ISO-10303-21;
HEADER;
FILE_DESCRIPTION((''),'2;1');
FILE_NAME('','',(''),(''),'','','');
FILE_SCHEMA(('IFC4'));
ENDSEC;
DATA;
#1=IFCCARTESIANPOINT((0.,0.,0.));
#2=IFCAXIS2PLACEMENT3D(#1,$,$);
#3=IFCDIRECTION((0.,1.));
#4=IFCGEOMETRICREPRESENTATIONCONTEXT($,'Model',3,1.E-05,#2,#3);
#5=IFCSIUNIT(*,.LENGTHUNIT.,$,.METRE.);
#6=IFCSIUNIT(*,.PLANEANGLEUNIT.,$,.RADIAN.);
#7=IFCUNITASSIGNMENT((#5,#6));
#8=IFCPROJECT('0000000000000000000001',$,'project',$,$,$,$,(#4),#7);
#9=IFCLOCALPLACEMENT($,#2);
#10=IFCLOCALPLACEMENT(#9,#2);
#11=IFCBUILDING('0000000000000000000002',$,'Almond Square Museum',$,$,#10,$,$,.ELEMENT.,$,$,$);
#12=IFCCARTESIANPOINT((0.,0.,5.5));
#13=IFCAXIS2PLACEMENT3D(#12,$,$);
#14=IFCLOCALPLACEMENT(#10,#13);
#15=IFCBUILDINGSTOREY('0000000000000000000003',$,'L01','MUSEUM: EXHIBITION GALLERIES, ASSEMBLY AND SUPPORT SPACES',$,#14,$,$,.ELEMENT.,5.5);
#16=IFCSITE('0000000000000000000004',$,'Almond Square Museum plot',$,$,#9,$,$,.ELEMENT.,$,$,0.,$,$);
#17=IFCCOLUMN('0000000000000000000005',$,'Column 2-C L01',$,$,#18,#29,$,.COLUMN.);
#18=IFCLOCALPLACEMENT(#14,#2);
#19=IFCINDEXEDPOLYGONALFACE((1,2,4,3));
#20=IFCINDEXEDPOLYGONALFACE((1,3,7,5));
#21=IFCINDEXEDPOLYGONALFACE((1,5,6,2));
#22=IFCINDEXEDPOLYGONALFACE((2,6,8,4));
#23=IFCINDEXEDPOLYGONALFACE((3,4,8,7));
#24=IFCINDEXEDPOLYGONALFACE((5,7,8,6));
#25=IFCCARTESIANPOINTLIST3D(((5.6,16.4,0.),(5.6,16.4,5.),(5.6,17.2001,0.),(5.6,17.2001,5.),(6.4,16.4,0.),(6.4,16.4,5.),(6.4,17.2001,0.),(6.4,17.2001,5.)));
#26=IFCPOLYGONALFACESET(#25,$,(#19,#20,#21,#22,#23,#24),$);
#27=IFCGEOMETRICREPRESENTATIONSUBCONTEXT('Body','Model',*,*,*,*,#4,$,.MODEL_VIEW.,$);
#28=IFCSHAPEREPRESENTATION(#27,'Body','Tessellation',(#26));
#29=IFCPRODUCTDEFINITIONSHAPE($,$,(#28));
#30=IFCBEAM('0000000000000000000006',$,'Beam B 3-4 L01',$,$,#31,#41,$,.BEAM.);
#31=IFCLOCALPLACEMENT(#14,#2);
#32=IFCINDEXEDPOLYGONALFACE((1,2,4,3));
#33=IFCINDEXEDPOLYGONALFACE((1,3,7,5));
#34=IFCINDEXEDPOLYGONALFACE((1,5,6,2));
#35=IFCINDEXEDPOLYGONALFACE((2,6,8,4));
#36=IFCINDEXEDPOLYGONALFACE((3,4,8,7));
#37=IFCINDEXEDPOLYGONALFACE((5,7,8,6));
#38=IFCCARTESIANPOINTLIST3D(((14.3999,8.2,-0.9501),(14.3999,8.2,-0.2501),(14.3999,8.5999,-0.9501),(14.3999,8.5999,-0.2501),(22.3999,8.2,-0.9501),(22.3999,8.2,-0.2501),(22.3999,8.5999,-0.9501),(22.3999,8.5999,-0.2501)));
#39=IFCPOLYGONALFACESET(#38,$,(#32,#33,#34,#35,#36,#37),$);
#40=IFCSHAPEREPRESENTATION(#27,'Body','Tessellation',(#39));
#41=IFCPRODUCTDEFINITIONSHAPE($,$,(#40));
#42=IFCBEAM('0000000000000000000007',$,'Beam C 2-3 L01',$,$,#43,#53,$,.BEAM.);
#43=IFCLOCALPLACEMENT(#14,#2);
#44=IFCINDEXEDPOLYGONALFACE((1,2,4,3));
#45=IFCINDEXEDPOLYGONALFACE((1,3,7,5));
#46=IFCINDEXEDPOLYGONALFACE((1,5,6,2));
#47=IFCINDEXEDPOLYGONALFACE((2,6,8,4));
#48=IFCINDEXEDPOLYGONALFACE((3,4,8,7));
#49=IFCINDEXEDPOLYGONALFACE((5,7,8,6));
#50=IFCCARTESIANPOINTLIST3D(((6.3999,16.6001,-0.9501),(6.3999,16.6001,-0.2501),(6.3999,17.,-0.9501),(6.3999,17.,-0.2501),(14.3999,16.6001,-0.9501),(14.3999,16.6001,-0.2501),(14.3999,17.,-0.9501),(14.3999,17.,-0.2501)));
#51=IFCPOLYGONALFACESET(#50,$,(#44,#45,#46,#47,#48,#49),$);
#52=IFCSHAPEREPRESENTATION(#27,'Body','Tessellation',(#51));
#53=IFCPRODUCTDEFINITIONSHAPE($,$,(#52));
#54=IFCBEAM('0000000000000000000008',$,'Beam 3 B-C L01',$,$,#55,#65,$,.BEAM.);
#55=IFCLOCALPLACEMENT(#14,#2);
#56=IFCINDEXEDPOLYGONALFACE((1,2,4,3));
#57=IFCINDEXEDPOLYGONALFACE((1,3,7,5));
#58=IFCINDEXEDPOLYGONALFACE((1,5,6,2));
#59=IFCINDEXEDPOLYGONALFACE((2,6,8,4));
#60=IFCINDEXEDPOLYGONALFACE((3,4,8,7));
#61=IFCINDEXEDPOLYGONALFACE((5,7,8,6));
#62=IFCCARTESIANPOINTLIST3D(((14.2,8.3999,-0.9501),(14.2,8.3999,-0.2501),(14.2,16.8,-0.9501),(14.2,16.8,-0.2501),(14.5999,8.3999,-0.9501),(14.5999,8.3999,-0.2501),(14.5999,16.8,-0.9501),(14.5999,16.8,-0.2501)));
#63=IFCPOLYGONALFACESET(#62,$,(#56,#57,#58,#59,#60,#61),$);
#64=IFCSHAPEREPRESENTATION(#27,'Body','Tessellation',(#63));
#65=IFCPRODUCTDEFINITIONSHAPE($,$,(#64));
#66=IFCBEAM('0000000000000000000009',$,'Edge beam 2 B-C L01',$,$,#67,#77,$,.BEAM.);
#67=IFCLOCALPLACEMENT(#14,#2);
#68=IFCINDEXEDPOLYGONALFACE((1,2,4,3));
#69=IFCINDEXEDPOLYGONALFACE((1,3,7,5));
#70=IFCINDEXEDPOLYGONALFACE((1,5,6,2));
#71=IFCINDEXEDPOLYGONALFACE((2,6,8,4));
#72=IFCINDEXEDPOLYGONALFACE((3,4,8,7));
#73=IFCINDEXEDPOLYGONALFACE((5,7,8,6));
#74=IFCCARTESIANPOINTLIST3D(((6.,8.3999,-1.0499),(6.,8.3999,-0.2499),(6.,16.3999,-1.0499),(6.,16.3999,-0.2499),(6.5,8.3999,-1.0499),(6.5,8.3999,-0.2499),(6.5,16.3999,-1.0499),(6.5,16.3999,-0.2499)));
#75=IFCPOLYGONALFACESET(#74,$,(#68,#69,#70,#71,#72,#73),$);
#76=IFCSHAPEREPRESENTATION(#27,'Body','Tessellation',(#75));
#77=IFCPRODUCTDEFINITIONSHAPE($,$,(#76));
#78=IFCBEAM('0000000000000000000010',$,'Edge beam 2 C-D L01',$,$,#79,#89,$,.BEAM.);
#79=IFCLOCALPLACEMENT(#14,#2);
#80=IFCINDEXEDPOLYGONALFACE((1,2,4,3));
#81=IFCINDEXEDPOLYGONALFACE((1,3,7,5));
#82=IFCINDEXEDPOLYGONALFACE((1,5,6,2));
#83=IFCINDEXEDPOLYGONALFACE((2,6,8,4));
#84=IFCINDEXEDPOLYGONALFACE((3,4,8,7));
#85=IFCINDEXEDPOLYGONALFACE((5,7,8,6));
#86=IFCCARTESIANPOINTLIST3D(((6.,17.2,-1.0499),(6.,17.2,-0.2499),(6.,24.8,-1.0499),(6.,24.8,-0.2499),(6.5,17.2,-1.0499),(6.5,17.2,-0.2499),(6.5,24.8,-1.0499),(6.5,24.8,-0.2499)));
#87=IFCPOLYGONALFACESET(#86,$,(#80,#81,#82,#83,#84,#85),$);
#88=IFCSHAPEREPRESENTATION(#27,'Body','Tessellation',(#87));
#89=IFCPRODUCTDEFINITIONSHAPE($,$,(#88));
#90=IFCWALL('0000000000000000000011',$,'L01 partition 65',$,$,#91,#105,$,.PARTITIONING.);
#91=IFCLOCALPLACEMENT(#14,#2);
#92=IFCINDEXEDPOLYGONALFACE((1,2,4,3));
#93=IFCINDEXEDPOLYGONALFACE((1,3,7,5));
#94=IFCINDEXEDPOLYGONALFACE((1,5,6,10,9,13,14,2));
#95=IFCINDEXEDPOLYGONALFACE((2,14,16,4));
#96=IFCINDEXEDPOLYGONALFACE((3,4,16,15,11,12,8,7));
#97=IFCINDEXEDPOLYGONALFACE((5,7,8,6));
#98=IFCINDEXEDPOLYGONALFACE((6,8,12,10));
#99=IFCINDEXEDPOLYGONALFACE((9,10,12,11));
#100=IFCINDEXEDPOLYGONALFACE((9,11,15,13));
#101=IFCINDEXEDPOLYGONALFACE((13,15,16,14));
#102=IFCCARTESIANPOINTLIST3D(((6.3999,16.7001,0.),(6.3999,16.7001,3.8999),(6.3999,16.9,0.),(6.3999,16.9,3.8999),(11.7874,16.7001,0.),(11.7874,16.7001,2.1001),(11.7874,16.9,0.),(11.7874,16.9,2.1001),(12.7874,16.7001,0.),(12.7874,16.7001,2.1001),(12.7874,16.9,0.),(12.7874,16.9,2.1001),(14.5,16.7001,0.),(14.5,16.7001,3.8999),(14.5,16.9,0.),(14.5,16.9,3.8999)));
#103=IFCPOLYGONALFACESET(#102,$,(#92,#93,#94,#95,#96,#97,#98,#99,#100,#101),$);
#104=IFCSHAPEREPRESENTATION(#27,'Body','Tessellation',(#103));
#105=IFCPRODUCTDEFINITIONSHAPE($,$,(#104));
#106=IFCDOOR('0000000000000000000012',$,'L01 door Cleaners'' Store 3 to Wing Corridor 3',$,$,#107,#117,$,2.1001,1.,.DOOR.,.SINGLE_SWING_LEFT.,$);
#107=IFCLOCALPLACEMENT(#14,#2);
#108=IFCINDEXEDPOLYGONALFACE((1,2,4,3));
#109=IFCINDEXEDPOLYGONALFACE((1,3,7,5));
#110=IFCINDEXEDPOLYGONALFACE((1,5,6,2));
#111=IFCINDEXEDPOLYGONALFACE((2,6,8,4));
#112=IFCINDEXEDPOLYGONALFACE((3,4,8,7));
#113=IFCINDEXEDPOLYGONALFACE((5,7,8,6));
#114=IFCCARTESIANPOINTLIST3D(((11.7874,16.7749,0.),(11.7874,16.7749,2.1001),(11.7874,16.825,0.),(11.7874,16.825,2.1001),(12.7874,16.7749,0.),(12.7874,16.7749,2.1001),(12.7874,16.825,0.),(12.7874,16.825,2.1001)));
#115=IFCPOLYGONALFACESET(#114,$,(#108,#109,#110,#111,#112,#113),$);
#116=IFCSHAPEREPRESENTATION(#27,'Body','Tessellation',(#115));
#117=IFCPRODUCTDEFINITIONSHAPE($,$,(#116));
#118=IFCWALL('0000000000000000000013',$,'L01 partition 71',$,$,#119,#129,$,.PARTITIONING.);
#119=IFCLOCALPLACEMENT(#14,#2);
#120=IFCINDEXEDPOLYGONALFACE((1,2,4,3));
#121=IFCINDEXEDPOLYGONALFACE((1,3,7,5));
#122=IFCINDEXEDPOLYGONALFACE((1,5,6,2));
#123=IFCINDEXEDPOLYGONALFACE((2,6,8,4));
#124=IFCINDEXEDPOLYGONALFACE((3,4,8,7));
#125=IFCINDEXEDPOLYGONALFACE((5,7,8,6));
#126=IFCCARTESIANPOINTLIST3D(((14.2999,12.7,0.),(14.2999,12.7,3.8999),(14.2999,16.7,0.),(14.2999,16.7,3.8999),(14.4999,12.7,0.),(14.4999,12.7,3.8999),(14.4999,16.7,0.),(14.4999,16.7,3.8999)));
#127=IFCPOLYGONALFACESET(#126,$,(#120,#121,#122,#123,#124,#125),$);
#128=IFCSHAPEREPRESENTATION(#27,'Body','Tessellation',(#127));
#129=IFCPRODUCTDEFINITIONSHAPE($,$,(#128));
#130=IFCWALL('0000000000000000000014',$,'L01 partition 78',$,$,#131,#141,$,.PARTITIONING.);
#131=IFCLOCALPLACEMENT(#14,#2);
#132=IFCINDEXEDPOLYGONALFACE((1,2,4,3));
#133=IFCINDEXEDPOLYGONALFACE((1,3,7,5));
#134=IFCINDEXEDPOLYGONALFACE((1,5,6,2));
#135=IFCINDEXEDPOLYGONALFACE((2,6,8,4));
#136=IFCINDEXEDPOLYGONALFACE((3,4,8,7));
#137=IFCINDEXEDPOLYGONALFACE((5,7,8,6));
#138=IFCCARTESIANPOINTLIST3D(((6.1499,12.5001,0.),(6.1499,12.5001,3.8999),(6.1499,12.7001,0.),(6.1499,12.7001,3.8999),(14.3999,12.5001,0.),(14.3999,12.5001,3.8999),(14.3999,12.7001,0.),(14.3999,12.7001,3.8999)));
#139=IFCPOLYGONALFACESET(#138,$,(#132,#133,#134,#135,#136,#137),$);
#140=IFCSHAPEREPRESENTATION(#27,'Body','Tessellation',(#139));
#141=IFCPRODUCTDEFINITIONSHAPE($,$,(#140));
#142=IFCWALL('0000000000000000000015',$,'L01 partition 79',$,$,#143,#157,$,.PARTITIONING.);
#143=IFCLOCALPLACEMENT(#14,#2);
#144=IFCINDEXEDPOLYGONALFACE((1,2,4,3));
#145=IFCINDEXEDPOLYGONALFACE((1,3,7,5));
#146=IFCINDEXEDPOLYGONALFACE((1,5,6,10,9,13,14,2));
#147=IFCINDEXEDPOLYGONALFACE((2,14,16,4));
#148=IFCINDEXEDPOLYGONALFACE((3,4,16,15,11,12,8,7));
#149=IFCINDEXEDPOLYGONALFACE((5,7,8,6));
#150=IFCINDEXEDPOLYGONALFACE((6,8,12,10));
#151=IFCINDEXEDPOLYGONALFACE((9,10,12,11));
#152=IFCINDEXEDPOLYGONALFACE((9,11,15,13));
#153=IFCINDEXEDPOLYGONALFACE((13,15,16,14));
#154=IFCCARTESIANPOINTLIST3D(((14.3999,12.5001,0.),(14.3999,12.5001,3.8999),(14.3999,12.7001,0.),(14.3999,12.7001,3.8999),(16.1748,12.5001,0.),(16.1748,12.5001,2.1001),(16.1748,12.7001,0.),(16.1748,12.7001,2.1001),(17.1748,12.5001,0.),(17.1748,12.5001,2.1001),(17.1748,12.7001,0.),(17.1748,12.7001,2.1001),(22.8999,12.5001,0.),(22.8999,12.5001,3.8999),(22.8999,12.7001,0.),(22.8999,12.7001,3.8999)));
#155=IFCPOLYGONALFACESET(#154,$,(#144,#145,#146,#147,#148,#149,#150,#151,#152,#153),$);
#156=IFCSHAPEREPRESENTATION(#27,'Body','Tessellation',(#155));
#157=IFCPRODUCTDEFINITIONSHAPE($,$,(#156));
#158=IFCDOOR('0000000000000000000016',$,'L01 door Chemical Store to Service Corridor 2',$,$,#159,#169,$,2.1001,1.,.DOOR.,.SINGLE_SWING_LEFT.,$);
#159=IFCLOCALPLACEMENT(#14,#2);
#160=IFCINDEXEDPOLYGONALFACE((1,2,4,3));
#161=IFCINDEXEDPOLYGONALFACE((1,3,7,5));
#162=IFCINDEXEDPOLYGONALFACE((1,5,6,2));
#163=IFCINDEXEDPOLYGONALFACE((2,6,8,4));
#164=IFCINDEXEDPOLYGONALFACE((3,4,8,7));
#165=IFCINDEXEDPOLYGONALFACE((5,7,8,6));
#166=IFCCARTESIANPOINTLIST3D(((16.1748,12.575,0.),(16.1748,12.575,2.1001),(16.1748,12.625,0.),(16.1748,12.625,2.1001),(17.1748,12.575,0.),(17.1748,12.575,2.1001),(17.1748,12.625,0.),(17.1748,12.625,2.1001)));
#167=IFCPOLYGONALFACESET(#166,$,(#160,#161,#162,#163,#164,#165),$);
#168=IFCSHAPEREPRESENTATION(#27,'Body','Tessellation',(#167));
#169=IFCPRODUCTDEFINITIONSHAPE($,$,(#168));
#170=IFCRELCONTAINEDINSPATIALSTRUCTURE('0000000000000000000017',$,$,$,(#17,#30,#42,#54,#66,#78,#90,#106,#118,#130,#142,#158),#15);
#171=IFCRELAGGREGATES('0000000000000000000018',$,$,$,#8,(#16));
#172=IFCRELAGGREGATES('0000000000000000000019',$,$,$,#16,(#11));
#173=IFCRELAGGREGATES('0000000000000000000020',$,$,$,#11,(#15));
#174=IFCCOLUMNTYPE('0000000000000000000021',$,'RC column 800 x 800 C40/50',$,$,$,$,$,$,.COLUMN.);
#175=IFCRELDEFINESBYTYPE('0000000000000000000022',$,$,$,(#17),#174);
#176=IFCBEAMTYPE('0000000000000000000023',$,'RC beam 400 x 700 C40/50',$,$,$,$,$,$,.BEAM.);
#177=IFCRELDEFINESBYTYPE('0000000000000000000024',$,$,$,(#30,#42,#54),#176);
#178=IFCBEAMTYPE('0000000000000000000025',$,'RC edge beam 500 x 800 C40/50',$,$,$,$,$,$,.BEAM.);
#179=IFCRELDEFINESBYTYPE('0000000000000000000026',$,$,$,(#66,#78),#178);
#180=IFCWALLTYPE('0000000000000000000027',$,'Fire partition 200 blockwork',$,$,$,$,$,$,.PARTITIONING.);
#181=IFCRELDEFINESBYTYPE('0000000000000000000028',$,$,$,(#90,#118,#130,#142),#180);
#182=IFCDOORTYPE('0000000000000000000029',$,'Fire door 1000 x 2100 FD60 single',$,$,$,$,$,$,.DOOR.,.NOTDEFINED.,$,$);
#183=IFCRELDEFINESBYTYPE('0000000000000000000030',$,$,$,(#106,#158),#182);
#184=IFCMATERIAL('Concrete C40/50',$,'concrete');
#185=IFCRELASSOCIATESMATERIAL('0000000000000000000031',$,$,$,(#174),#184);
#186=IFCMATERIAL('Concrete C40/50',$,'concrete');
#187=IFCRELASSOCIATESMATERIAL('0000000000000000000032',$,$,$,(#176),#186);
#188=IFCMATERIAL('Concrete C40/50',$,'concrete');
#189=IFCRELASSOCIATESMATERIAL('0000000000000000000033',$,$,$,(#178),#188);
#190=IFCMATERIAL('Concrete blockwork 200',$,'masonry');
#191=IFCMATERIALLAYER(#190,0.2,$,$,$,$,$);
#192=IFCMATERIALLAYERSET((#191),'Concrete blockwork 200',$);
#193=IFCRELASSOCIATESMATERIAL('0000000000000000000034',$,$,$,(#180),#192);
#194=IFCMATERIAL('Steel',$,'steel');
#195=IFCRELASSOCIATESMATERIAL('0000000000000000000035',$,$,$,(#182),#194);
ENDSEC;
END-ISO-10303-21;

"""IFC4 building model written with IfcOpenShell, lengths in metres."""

from ifc_helpers import new_model, si_unit, direction, frame, frame_2d, origin, origin_2d, place, context, subcontext, project, spatial, rectangle, extrude, material, layer, layer_set, material_profile, profile_set, type_object, element, fill, save


model = new_model("IFC4")

# Units and contexts
model_context = context("Model", 3, precision=1e-05, world=origin(), true_north=direction((0.0, 1.0)))
body_context = subcontext(model_context, "Body", "Model", "MODEL_VIEW")
ifc_project = project(units=[si_unit("LENGTHUNIT", "METRE"), si_unit("PLANEANGLEUNIT", "RADIAN")], contexts=[model_context])

# Site, building, storey
site_placement = place(None, origin())
site = spatial("IfcSite", under=ifc_project, at=site_placement, Name="Almond Square Museum plot", CompositionType="ELEMENT", RefElevation=0.0)
building_placement = place(site_placement, origin())
building = spatial("IfcBuilding", under=site, at=building_placement, Name="Almond Square Museum", CompositionType="ELEMENT")
storey_placement = place(building_placement, frame((0.0, 0.0, 5.5)))
storey = spatial("IfcBuildingStorey", under=building, at=storey_placement, Name="L01", Description="MUSEUM: EXHIBITION GALLERIES, ASSEMBLY AND SUPPORT SPACES", CompositionType="ELEMENT", Elevation=5.5)

# Column
ifc_material_1 = material(Name="Concrete C40/50", Category="concrete")
ifc_material_profile_1 = material_profile(ifc_material_1, rectangle(XDim=0.8, YDim=0.8, at=origin_2d()))
ifc_profile_set_1 = profile_set([ifc_material_profile_1], Name="Concrete C40/50")
column_type = type_object("IfcColumnType", Name="RC column 800 x 800 C40/50", PredefinedType="COLUMN", material=ifc_profile_set_1)
column_placement = place(storey_placement, frame((6.0, 16.8, 0.0), z_axis=(0.0, 0.0, 1.0), x_axis=(1.0, 0.0, 0.0)))
element("IfcColumn", 1, at=column_placement, inside=storey, type_object=column_type, Name="Column 2-C L01", PredefinedType="COLUMN", context=body_context, shape_type="SweptSolid", body=[
    extrude(rectangle(XDim=0.8, YDim=0.8, at=origin_2d()), origin(), (0.0, 0.0, 1.0), 5.0),
])

# Beams
ifc_material_2 = material(Name="Concrete C40/50", Category="concrete")
ifc_material_profile_2 = material_profile(ifc_material_2, rectangle(XDim=0.3999, YDim=0.7, at=origin_2d()))
ifc_profile_set_2 = profile_set([ifc_material_profile_2], Name="Concrete C40/50")
beam_type_1 = type_object("IfcBeamType", Name="RC beam 400 x 700 C40/50", PredefinedType="BEAM", material=ifc_profile_set_2)
for number, where, z_axis, x_axis, name in (
    (2, (14.3999, 8.3999, -0.6001), (1.0, 0.0, 0.0), (0.0, 1.0, 0.0), "Beam B 3-4 L01"),
    (3, (6.3999, 16.8, -0.6001), (1.0, 0.0, 0.0), (0.0, 1.0, 0.0), "Beam C 2-3 L01"),
):
    element("IfcBeam", number, at=place(storey_placement, frame(where, z_axis=z_axis, x_axis=x_axis)), inside=storey, type_object=beam_type_1, Name=name, PredefinedType="BEAM", context=body_context, shape_type="SweptSolid", body=[
        extrude(rectangle(XDim=0.3999, YDim=0.7, at=origin_2d()), origin(), (0.0, 0.0, 1.0), 8.0),
    ])
beam_1_placement = place(storey_placement, frame((14.3999, 8.3999, -0.6001), z_axis=(0.0, 1.0, 0.0), x_axis=(-1.0, 0.0, 0.0)))
element("IfcBeam", 4, at=beam_1_placement, inside=storey, type_object=beam_type_1, Name="Beam 3 B-C L01", PredefinedType="BEAM", context=body_context, shape_type="SweptSolid", body=[
    extrude(rectangle(XDim=0.3999, YDim=0.7, at=origin_2d()), origin(), (0.0, 0.0, 1.0), 8.4001),
])
ifc_material_3 = material(Name="Concrete C40/50", Category="concrete")
ifc_material_profile_3 = material_profile(ifc_material_3, rectangle(XDim=0.5, YDim=0.8, at=origin_2d()))
ifc_profile_set_3 = profile_set([ifc_material_profile_3], Name="Concrete C40/50")
beam_type_2 = type_object("IfcBeamType", Name="RC edge beam 500 x 800 C40/50", PredefinedType="BEAM", material=ifc_profile_set_3)
beam_2_placement = place(storey_placement, frame((6.25, 8.3999, -0.6499), z_axis=(0.0, 1.0, 0.0), x_axis=(-1.0, 0.0, 0.0)))
element("IfcBeam", 5, at=beam_2_placement, inside=storey, type_object=beam_type_2, Name="Edge beam 2 B-C L01", PredefinedType="BEAM", context=body_context, shape_type="SweptSolid", body=[
    extrude(rectangle(XDim=0.5, YDim=0.8, at=origin_2d()), origin(), (0.0, 0.0, 1.0), 8.0),
])
beam_3_placement = place(storey_placement, frame((6.25, 17.2, -0.6499), z_axis=(0.0, 1.0, 0.0), x_axis=(-1.0, 0.0, 0.0)))
element("IfcBeam", 6, at=beam_3_placement, inside=storey, type_object=beam_type_2, Name="Edge beam 2 C-D L01", PredefinedType="BEAM", context=body_context, shape_type="SweptSolid", body=[
    extrude(rectangle(XDim=0.5, YDim=0.8, at=origin_2d()), origin(), (0.0, 0.0, 1.0), 7.6001),
])

# Wall, opening, door
ifc_material_4 = material(Name="Concrete blockwork 200", Category="masonry")
ifc_layer_1 = layer(ifc_material_4, 0.2)
ifc_layer_set_1 = layer_set([ifc_layer_1], Name="Concrete blockwork 200")
wall_type_1 = type_object("IfcWallType", Name="Fire partition 200 blockwork", PredefinedType="PARTITIONING", material=ifc_layer_set_1)
wall_1_placement = place(storey_placement, frame((6.3999, 16.8, 0.0), z_axis=(0.0, 0.0, 1.0), x_axis=(1.0, 0.0, 0.0)))
wall_1 = element("IfcWall", 7, at=wall_1_placement, inside=storey, type_object=wall_type_1, Name="L01 partition 65", PredefinedType="PARTITIONING", context=body_context, shape_type="SweptSolid", body=[
    extrude(rectangle(XDim=8.1001, YDim=0.2, at=frame_2d((4.05, 0.0))), origin(), (0.0, 0.0, 1.0), 3.8999),
])
opening_1_placement = place(wall_1_placement, frame((5.3875, 0.0, 0.0)))
opening_1 = element("IfcOpeningElement", 8, at=opening_1_placement, cuts=wall_1, PredefinedType="OPENING", context=body_context, shape_type="SweptSolid", body=[
    extrude(rectangle(XDim=1.0, YDim=2.1001, at=frame_2d((0.5, 1.05))), frame((0.0, 0.1099, 0.0), z_axis=(0.0, -1.0, 0.0), x_axis=(1.0, 0.0, 0.0)), (0.0, 0.0, 1.0), 0.22),
])
ifc_material_5 = material(Name="Steel", Category="steel")
door_type_1 = type_object("IfcDoorType", Name="Fire door 1000 x 2100 FD60 single", OperationType="NOTDEFINED", PredefinedType="DOOR", material=ifc_material_5)
door_1_placement = place(opening_1_placement, origin())
door_1 = element("IfcDoor", 9, at=door_1_placement, inside=storey, type_object=door_type_1, Name="L01 door Cleaners' Store 3 to Wing Corridor 3", OperationType="SINGLE_SWING_LEFT", OverallHeight=2.1001, OverallWidth=1.0, PredefinedType="DOOR", context=body_context, shape_type="SweptSolid", body=[
    extrude(rectangle(XDim=1.0, YDim=2.1001, at=frame_2d((0.5, 1.05))), frame((0.0, 0.0249, 0.0), z_axis=(0.0, -1.0, 0.0), x_axis=(1.0, 0.0, 0.0)), (0.0, 0.0, 1.0), 0.05),
])
fill(opening_1, door_1)

# Walls
wall_2_placement = place(storey_placement, frame((14.3999, 12.7, 0.0), z_axis=(0.0, 0.0, 1.0), x_axis=(0.0, 1.0, 0.0)))
element("IfcWall", 10, at=wall_2_placement, inside=storey, type_object=wall_type_1, Name="L01 partition 71", PredefinedType="PARTITIONING", context=body_context, shape_type="SweptSolid", body=[
    extrude(rectangle(XDim=4.0, YDim=0.2, at=frame_2d((2.0, 0.0))), origin(), (0.0, 0.0, 1.0), 3.8999),
])
wall_3_placement = place(storey_placement, frame((6.1499, 12.6001, 0.0), z_axis=(0.0, 0.0, 1.0), x_axis=(1.0, 0.0, 0.0)))
element("IfcWall", 11, at=wall_3_placement, inside=storey, type_object=wall_type_1, Name="L01 partition 78", PredefinedType="PARTITIONING", context=body_context, shape_type="SweptSolid", body=[
    extrude(rectangle(XDim=8.25, YDim=0.2, at=frame_2d((4.125, 0.0))), origin(), (0.0, 0.0, 1.0), 3.8999),
])

# Wall, opening, door
wall_4_placement = place(storey_placement, frame((14.3999, 12.6001, 0.0), z_axis=(0.0, 0.0, 1.0), x_axis=(1.0, 0.0, 0.0)))
wall_4 = element("IfcWall", 12, at=wall_4_placement, inside=storey, type_object=wall_type_1, Name="L01 partition 79", PredefinedType="PARTITIONING", context=body_context, shape_type="SweptSolid", body=[
    extrude(rectangle(XDim=8.5, YDim=0.2, at=frame_2d((4.25, 0.0))), origin(), (0.0, 0.0, 1.0), 3.8999),
])
opening_2_placement = place(wall_4_placement, frame((1.7749, 0.0, 0.0)))
opening_2 = element("IfcOpeningElement", 13, at=opening_2_placement, cuts=wall_4, PredefinedType="OPENING", context=body_context, shape_type="SweptSolid", body=[
    extrude(rectangle(XDim=1.0, YDim=2.1001, at=frame_2d((0.5, 1.05))), frame((0.0, 0.1099, 0.0), z_axis=(0.0, -1.0, 0.0), x_axis=(1.0, 0.0, 0.0)), (0.0, 0.0, 1.0), 0.22),
])
door_2_placement = place(opening_2_placement, origin())
door_2 = element("IfcDoor", 14, at=door_2_placement, inside=storey, type_object=door_type_1, Name="L01 door Chemical Store to Service Corridor 2", OperationType="SINGLE_SWING_LEFT", OverallHeight=2.1001, OverallWidth=1.0, PredefinedType="DOOR", context=body_context, shape_type="SweptSolid", body=[
    extrude(rectangle(XDim=1.0, YDim=2.1001, at=frame_2d((0.5, 1.05))), frame((0.0, 0.0249, 0.0), z_axis=(0.0, -1.0, 0.0), x_axis=(1.0, 0.0, 0.0)), (0.0, 0.0, 1.0), 0.05),
])
fill(opening_2, door_2)

save(model, "model.ifc")
